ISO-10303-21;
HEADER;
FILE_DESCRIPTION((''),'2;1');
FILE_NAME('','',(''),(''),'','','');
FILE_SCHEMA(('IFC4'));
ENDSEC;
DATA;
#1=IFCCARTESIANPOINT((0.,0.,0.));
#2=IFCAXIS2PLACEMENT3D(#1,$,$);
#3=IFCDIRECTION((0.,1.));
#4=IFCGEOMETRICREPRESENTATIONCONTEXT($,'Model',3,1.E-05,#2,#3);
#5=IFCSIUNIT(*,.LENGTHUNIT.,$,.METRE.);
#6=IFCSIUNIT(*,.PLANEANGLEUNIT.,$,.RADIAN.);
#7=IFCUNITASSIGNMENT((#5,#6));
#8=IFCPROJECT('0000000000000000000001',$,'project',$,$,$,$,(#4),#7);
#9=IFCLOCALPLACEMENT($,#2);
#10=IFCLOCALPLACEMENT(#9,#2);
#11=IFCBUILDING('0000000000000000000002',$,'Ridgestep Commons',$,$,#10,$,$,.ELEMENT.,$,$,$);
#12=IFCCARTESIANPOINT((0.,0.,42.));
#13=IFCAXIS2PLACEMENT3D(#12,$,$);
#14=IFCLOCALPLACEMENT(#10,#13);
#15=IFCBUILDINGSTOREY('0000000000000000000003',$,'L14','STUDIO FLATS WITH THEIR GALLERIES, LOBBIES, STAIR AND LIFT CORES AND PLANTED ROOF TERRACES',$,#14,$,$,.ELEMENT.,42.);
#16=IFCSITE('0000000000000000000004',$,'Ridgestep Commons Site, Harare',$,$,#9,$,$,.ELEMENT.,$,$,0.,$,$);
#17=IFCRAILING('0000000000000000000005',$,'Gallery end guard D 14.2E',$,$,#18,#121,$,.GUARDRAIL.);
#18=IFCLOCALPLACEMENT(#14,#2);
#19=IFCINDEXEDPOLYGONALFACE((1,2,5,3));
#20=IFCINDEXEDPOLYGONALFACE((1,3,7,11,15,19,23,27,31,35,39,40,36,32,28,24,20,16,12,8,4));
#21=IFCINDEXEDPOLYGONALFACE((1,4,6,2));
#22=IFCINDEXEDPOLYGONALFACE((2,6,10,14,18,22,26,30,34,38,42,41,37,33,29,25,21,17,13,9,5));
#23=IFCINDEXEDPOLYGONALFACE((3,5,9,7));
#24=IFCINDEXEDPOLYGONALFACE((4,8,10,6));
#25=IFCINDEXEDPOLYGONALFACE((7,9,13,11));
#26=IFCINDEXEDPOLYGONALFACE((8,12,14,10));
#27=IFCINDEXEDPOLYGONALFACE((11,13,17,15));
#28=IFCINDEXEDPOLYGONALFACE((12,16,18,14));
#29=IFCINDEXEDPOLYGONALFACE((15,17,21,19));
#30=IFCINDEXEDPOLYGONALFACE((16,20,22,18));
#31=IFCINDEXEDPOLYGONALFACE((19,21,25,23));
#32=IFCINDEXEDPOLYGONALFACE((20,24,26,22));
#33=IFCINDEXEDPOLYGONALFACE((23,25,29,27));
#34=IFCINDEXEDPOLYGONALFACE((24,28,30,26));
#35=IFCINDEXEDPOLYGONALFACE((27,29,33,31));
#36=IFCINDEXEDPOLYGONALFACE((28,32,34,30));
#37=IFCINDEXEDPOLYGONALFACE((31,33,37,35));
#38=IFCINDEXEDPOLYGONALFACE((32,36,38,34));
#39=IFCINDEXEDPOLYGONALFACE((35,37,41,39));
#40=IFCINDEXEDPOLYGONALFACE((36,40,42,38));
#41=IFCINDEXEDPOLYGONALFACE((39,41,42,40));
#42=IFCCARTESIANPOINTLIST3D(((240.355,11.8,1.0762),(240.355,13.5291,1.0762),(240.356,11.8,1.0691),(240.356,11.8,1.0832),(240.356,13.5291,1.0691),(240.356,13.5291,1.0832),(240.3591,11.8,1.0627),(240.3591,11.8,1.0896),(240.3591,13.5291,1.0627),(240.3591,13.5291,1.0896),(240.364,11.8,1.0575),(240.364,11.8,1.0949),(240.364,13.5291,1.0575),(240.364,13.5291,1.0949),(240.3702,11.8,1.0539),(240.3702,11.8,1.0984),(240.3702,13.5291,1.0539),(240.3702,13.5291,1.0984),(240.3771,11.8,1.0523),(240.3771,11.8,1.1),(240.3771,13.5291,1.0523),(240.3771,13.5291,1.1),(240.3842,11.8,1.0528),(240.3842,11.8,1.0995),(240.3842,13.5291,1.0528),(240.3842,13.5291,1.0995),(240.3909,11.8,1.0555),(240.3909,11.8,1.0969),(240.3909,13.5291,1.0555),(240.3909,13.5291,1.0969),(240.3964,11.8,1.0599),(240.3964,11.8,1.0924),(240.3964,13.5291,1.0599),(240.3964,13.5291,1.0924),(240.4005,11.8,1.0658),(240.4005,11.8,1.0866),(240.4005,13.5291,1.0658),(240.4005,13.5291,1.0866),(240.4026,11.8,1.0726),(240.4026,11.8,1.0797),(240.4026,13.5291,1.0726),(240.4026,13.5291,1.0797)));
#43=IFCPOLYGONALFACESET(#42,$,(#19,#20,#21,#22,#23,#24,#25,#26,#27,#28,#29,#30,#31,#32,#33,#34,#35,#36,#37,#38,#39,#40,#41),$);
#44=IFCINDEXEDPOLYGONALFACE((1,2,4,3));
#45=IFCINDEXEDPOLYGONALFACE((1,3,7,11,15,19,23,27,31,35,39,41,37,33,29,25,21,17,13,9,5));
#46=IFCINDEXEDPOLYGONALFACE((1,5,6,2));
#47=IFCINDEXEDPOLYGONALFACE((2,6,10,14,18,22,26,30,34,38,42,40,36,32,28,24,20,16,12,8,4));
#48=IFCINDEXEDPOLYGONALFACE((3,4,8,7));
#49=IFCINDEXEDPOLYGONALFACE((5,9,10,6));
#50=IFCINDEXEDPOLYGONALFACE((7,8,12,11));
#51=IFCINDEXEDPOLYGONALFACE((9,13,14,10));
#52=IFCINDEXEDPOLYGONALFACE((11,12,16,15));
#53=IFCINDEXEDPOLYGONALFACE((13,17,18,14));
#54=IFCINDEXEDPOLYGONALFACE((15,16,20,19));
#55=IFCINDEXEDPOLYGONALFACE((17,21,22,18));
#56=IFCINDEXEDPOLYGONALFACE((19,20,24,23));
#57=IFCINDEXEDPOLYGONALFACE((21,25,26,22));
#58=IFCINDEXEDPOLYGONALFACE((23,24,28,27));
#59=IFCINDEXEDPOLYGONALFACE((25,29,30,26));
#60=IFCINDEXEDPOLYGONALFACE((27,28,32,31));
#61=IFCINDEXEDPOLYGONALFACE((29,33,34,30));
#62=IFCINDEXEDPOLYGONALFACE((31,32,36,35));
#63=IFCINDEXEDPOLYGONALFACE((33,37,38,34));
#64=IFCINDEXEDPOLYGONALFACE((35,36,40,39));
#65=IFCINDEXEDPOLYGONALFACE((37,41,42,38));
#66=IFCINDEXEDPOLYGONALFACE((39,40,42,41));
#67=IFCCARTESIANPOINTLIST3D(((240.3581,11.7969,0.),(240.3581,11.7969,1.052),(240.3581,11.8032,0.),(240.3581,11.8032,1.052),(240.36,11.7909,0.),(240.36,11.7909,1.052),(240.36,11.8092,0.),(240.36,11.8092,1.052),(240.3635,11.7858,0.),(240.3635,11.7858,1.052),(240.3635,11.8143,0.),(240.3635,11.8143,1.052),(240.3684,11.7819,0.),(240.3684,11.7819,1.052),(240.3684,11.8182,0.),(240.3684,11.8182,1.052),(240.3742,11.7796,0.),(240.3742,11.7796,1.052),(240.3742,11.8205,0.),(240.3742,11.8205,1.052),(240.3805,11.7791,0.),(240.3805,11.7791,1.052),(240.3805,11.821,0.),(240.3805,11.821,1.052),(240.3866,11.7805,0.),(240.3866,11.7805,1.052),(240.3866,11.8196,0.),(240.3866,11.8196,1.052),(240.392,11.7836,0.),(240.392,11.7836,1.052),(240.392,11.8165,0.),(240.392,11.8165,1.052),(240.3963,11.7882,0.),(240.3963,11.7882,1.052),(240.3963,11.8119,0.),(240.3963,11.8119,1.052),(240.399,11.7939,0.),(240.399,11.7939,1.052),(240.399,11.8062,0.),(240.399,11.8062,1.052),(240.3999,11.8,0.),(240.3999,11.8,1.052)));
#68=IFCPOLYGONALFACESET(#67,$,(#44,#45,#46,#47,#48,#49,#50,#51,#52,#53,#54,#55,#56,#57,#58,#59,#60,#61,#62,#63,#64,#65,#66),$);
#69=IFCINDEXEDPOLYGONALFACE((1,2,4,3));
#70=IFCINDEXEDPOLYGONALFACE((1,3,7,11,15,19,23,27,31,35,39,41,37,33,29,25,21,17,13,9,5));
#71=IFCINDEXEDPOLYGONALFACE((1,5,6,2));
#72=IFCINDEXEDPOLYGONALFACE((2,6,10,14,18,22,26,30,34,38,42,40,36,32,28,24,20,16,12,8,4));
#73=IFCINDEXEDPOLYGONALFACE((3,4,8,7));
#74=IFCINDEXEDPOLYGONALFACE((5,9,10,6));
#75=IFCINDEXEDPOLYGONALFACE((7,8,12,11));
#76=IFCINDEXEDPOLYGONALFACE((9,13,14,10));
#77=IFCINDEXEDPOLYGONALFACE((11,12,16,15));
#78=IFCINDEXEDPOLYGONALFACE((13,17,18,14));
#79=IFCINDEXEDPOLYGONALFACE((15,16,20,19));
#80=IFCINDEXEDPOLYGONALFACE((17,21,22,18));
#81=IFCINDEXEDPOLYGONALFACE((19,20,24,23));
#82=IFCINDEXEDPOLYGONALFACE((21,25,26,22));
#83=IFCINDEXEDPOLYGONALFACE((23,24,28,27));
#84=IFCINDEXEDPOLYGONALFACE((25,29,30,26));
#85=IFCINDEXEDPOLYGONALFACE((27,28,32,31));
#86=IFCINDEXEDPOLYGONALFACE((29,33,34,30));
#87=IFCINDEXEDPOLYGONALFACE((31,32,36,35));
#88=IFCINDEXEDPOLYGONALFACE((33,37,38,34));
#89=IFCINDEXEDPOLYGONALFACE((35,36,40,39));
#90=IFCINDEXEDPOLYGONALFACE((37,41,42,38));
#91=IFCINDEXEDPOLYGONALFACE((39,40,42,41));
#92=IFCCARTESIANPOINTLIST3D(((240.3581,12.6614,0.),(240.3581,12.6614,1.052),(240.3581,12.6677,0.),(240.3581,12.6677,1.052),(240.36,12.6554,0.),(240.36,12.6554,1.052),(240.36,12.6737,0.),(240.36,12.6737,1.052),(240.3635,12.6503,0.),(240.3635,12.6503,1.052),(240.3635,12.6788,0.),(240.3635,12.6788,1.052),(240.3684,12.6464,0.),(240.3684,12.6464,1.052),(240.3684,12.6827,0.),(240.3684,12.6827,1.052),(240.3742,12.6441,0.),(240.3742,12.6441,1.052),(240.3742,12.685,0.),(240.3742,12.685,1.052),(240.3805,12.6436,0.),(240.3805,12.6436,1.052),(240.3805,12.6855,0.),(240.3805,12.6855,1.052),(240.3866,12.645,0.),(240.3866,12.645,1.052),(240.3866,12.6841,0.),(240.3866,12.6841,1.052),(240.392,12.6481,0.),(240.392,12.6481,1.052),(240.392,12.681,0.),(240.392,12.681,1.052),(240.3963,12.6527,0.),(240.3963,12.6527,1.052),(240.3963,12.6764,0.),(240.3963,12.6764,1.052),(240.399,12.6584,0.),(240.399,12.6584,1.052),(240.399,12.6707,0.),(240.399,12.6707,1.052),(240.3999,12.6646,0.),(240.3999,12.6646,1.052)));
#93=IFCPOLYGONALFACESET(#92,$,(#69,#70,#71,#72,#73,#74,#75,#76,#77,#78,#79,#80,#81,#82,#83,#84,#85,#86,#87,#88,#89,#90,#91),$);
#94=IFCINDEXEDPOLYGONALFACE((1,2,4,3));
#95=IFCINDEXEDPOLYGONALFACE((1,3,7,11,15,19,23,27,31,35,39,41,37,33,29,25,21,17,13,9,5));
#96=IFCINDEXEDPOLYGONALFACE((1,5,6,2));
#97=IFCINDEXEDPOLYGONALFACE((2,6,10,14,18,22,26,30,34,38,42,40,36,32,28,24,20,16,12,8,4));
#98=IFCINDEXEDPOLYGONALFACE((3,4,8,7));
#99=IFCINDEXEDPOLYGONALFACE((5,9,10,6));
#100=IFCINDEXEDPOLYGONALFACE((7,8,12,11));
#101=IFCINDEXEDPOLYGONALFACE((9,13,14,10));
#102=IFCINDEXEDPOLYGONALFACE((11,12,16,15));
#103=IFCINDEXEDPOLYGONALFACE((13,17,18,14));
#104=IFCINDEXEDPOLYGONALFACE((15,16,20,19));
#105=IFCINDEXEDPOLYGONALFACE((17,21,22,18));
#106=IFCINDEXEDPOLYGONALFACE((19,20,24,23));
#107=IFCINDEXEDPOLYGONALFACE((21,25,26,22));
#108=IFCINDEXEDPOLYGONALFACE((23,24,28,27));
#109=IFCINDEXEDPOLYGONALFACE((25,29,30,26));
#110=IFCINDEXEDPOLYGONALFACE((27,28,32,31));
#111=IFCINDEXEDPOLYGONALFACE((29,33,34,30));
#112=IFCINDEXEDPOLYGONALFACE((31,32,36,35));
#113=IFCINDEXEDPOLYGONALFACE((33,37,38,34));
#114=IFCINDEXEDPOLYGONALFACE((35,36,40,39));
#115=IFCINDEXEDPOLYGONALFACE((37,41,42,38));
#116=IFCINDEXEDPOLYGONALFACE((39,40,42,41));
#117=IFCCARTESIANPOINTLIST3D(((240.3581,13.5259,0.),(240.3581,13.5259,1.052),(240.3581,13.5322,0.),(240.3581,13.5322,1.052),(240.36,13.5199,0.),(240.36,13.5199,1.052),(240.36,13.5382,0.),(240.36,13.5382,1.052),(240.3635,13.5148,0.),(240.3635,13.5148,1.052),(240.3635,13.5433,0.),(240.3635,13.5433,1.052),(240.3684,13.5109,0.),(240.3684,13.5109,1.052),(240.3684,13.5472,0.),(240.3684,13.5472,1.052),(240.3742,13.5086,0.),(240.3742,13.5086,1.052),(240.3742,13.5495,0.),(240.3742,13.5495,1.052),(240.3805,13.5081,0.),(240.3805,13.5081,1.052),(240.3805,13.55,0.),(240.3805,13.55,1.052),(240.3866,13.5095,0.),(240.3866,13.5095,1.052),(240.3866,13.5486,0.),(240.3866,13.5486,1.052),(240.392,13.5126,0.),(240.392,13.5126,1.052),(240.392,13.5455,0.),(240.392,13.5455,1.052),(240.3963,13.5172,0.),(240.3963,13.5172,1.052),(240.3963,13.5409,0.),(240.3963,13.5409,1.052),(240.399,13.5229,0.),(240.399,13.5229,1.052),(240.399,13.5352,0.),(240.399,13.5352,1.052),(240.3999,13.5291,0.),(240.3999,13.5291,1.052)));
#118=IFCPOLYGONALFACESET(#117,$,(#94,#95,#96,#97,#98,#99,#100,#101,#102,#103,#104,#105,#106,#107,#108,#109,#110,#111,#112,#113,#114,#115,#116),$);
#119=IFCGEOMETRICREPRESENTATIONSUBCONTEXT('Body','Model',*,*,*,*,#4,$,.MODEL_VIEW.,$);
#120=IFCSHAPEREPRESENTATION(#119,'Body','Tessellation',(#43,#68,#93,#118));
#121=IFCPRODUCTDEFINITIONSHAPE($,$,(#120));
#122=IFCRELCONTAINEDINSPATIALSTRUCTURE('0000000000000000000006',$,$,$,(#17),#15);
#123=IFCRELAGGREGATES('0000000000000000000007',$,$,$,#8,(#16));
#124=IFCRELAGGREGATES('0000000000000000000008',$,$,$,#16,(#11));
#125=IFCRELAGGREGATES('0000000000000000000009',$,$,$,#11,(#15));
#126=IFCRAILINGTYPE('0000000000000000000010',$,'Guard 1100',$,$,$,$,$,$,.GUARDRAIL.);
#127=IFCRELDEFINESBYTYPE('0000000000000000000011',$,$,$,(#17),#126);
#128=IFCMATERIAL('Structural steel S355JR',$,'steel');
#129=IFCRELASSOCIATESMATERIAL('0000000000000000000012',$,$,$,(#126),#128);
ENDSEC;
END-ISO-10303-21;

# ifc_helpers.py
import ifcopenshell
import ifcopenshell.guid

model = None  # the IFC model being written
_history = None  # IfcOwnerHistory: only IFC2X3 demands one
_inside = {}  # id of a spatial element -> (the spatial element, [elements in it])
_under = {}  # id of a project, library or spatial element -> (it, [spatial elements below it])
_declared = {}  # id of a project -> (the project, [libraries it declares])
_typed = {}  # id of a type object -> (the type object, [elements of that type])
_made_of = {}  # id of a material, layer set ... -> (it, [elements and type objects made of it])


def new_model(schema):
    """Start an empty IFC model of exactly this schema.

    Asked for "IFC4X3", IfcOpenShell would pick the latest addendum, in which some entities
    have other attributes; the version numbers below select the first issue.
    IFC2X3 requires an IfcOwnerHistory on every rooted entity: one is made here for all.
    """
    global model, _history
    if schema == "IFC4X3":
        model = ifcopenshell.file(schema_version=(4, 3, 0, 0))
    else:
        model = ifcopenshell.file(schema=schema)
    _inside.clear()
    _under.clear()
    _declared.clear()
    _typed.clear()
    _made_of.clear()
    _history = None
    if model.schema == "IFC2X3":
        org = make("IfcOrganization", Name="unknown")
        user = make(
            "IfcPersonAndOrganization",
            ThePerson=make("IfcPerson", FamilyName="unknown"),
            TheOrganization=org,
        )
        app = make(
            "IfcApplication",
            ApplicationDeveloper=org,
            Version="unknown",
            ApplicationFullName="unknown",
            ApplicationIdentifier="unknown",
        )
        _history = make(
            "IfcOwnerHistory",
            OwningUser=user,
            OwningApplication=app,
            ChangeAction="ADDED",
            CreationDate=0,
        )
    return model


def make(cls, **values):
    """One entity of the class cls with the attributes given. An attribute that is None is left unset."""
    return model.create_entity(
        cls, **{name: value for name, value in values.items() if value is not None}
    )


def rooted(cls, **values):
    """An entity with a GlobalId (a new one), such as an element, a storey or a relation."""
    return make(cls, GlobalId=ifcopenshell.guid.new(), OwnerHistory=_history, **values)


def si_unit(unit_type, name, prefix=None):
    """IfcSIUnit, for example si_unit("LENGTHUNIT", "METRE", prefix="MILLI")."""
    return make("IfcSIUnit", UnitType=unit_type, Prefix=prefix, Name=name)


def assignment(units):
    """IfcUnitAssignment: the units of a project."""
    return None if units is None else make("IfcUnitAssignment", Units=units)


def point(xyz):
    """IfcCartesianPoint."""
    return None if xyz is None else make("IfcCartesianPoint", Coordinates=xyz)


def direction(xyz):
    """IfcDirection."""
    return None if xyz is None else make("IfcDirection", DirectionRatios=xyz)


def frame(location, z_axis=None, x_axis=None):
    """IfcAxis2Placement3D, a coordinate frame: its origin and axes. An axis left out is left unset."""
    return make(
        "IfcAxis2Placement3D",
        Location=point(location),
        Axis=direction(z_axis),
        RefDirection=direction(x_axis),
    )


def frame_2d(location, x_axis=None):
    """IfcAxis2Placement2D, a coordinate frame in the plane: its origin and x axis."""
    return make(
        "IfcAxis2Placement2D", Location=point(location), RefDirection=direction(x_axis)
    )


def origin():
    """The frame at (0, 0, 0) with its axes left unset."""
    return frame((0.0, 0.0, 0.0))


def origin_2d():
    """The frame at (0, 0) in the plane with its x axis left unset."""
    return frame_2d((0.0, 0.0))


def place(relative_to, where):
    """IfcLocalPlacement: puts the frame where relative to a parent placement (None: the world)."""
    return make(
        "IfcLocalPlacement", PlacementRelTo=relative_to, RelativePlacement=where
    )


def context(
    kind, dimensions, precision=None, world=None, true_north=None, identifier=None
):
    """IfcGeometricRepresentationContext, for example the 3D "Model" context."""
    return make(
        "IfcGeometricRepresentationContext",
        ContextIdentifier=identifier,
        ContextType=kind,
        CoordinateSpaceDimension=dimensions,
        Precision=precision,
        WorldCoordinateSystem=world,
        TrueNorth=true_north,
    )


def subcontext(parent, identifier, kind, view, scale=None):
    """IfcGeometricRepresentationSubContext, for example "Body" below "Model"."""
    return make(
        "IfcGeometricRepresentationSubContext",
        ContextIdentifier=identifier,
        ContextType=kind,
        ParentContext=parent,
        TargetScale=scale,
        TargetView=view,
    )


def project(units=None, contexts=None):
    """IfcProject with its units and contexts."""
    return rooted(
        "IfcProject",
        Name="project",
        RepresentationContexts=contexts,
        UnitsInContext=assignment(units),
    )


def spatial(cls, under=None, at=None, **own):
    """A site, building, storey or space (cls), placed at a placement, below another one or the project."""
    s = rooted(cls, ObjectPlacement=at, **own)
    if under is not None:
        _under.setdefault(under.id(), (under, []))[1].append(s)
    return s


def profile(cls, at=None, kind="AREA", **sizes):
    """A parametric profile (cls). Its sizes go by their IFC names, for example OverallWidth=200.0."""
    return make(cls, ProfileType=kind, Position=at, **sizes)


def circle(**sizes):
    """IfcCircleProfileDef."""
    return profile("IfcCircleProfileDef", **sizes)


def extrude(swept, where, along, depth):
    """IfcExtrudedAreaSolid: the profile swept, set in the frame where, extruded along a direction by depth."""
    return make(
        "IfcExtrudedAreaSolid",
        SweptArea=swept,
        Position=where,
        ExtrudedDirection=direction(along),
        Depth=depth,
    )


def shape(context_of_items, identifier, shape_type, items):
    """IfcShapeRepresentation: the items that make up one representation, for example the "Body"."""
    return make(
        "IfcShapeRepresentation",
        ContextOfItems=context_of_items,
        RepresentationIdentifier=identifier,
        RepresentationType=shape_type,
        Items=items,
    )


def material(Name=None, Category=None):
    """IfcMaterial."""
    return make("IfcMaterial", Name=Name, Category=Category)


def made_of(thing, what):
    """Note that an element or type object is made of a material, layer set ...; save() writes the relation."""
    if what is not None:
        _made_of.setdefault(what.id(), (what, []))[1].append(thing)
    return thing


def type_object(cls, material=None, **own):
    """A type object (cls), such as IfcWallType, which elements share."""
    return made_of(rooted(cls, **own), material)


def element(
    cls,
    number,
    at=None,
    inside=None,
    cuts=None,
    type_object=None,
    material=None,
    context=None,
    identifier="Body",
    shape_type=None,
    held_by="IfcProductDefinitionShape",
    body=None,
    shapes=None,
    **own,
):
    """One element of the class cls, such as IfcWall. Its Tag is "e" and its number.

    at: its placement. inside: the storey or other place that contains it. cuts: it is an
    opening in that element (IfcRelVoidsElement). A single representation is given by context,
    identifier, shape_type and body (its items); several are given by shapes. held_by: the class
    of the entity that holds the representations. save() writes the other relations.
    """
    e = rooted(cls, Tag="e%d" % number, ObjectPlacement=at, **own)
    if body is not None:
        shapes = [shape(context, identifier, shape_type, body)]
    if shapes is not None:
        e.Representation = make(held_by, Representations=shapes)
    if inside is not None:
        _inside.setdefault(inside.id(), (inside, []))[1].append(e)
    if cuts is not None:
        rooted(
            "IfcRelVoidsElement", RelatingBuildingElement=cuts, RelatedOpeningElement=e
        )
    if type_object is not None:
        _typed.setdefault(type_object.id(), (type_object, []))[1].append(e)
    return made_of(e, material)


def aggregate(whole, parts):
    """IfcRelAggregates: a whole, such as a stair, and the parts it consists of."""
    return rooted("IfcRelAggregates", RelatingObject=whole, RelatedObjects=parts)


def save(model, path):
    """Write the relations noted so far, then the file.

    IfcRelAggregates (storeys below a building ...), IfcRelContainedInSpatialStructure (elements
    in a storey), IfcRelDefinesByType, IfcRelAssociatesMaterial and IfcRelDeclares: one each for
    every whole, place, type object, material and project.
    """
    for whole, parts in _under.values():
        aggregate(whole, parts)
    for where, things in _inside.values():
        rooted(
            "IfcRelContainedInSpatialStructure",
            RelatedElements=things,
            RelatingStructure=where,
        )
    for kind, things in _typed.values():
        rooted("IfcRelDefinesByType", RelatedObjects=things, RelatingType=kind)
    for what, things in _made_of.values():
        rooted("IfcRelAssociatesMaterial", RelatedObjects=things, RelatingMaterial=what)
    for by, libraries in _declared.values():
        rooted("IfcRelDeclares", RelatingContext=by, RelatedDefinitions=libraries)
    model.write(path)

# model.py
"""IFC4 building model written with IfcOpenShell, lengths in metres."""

from ifc_helpers import new_model, si_unit, direction, frame, origin, origin_2d, place, context, subcontext, project, spatial, circle, extrude, material, type_object, element, save


model = new_model("IFC4")

# Units and contexts
model_context = context("Model", 3, precision=1e-05, world=origin(), true_north=direction((0.0, 1.0)))
body_context = subcontext(model_context, "Body", "Model", "MODEL_VIEW")
ifc_project = project(units=[si_unit("LENGTHUNIT", "METRE"), si_unit("PLANEANGLEUNIT", "RADIAN")], contexts=[model_context])

# Site, building, storey
site_placement = place(None, origin())
site = spatial("IfcSite", under=ifc_project, at=site_placement, Name="Ridgestep Commons Site, Harare", CompositionType="ELEMENT", RefElevation=0.0)
building_placement = place(site_placement, origin())
building = spatial("IfcBuilding", under=site, at=building_placement, Name="Ridgestep Commons", CompositionType="ELEMENT")
storey_placement = place(building_placement, frame((0.0, 0.0, 42.0)))
storey = spatial("IfcBuildingStorey", under=building, at=storey_placement, Name="L14", Description="STUDIO FLATS WITH THEIR GALLERIES, LOBBIES, STAIR AND LIFT CORES AND PLANTED ROOF TERRACES", CompositionType="ELEMENT", Elevation=42.0)

# Railing
ifc_material_1 = material(Name="Structural steel S355JR", Category="steel")
railing_type_1 = type_object("IfcRailingType", Name="Guard 1100", PredefinedType="GUARDRAIL", material=ifc_material_1)
railing_1_placement = place(storey_placement, frame((240.3789, 11.8, 0.0)))
element("IfcRailing", 1, at=railing_1_placement, inside=storey, type_object=railing_type_1, Name="Gallery end guard D 14.2E", PredefinedType="GUARDRAIL", context=body_context, shape_type="SweptSolid", body=[
    extrude(circle(Radius=0.0239, at=origin_2d()), frame((0.0, 0.0, 1.0762), z_axis=(0.0, 1.0, 0.0), x_axis=(-1.0, 0.0, 0.0)), (0.0, 0.0, 1.0), 1.729),
    extrude(circle(Radius=0.021, at=origin_2d()), origin(), (0.0, 0.0, 1.0), 1.052),
    extrude(circle(Radius=0.021, at=origin_2d()), frame((0.0, 0.8645, 0.0)), (0.0, 0.0, 1.0), 1.052),
    extrude(circle(Radius=0.021, at=origin_2d()), frame((0.0, 1.729, 0.0)), (0.0, 0.0, 1.0), 1.052),
])

save(model, "model.ifc")
